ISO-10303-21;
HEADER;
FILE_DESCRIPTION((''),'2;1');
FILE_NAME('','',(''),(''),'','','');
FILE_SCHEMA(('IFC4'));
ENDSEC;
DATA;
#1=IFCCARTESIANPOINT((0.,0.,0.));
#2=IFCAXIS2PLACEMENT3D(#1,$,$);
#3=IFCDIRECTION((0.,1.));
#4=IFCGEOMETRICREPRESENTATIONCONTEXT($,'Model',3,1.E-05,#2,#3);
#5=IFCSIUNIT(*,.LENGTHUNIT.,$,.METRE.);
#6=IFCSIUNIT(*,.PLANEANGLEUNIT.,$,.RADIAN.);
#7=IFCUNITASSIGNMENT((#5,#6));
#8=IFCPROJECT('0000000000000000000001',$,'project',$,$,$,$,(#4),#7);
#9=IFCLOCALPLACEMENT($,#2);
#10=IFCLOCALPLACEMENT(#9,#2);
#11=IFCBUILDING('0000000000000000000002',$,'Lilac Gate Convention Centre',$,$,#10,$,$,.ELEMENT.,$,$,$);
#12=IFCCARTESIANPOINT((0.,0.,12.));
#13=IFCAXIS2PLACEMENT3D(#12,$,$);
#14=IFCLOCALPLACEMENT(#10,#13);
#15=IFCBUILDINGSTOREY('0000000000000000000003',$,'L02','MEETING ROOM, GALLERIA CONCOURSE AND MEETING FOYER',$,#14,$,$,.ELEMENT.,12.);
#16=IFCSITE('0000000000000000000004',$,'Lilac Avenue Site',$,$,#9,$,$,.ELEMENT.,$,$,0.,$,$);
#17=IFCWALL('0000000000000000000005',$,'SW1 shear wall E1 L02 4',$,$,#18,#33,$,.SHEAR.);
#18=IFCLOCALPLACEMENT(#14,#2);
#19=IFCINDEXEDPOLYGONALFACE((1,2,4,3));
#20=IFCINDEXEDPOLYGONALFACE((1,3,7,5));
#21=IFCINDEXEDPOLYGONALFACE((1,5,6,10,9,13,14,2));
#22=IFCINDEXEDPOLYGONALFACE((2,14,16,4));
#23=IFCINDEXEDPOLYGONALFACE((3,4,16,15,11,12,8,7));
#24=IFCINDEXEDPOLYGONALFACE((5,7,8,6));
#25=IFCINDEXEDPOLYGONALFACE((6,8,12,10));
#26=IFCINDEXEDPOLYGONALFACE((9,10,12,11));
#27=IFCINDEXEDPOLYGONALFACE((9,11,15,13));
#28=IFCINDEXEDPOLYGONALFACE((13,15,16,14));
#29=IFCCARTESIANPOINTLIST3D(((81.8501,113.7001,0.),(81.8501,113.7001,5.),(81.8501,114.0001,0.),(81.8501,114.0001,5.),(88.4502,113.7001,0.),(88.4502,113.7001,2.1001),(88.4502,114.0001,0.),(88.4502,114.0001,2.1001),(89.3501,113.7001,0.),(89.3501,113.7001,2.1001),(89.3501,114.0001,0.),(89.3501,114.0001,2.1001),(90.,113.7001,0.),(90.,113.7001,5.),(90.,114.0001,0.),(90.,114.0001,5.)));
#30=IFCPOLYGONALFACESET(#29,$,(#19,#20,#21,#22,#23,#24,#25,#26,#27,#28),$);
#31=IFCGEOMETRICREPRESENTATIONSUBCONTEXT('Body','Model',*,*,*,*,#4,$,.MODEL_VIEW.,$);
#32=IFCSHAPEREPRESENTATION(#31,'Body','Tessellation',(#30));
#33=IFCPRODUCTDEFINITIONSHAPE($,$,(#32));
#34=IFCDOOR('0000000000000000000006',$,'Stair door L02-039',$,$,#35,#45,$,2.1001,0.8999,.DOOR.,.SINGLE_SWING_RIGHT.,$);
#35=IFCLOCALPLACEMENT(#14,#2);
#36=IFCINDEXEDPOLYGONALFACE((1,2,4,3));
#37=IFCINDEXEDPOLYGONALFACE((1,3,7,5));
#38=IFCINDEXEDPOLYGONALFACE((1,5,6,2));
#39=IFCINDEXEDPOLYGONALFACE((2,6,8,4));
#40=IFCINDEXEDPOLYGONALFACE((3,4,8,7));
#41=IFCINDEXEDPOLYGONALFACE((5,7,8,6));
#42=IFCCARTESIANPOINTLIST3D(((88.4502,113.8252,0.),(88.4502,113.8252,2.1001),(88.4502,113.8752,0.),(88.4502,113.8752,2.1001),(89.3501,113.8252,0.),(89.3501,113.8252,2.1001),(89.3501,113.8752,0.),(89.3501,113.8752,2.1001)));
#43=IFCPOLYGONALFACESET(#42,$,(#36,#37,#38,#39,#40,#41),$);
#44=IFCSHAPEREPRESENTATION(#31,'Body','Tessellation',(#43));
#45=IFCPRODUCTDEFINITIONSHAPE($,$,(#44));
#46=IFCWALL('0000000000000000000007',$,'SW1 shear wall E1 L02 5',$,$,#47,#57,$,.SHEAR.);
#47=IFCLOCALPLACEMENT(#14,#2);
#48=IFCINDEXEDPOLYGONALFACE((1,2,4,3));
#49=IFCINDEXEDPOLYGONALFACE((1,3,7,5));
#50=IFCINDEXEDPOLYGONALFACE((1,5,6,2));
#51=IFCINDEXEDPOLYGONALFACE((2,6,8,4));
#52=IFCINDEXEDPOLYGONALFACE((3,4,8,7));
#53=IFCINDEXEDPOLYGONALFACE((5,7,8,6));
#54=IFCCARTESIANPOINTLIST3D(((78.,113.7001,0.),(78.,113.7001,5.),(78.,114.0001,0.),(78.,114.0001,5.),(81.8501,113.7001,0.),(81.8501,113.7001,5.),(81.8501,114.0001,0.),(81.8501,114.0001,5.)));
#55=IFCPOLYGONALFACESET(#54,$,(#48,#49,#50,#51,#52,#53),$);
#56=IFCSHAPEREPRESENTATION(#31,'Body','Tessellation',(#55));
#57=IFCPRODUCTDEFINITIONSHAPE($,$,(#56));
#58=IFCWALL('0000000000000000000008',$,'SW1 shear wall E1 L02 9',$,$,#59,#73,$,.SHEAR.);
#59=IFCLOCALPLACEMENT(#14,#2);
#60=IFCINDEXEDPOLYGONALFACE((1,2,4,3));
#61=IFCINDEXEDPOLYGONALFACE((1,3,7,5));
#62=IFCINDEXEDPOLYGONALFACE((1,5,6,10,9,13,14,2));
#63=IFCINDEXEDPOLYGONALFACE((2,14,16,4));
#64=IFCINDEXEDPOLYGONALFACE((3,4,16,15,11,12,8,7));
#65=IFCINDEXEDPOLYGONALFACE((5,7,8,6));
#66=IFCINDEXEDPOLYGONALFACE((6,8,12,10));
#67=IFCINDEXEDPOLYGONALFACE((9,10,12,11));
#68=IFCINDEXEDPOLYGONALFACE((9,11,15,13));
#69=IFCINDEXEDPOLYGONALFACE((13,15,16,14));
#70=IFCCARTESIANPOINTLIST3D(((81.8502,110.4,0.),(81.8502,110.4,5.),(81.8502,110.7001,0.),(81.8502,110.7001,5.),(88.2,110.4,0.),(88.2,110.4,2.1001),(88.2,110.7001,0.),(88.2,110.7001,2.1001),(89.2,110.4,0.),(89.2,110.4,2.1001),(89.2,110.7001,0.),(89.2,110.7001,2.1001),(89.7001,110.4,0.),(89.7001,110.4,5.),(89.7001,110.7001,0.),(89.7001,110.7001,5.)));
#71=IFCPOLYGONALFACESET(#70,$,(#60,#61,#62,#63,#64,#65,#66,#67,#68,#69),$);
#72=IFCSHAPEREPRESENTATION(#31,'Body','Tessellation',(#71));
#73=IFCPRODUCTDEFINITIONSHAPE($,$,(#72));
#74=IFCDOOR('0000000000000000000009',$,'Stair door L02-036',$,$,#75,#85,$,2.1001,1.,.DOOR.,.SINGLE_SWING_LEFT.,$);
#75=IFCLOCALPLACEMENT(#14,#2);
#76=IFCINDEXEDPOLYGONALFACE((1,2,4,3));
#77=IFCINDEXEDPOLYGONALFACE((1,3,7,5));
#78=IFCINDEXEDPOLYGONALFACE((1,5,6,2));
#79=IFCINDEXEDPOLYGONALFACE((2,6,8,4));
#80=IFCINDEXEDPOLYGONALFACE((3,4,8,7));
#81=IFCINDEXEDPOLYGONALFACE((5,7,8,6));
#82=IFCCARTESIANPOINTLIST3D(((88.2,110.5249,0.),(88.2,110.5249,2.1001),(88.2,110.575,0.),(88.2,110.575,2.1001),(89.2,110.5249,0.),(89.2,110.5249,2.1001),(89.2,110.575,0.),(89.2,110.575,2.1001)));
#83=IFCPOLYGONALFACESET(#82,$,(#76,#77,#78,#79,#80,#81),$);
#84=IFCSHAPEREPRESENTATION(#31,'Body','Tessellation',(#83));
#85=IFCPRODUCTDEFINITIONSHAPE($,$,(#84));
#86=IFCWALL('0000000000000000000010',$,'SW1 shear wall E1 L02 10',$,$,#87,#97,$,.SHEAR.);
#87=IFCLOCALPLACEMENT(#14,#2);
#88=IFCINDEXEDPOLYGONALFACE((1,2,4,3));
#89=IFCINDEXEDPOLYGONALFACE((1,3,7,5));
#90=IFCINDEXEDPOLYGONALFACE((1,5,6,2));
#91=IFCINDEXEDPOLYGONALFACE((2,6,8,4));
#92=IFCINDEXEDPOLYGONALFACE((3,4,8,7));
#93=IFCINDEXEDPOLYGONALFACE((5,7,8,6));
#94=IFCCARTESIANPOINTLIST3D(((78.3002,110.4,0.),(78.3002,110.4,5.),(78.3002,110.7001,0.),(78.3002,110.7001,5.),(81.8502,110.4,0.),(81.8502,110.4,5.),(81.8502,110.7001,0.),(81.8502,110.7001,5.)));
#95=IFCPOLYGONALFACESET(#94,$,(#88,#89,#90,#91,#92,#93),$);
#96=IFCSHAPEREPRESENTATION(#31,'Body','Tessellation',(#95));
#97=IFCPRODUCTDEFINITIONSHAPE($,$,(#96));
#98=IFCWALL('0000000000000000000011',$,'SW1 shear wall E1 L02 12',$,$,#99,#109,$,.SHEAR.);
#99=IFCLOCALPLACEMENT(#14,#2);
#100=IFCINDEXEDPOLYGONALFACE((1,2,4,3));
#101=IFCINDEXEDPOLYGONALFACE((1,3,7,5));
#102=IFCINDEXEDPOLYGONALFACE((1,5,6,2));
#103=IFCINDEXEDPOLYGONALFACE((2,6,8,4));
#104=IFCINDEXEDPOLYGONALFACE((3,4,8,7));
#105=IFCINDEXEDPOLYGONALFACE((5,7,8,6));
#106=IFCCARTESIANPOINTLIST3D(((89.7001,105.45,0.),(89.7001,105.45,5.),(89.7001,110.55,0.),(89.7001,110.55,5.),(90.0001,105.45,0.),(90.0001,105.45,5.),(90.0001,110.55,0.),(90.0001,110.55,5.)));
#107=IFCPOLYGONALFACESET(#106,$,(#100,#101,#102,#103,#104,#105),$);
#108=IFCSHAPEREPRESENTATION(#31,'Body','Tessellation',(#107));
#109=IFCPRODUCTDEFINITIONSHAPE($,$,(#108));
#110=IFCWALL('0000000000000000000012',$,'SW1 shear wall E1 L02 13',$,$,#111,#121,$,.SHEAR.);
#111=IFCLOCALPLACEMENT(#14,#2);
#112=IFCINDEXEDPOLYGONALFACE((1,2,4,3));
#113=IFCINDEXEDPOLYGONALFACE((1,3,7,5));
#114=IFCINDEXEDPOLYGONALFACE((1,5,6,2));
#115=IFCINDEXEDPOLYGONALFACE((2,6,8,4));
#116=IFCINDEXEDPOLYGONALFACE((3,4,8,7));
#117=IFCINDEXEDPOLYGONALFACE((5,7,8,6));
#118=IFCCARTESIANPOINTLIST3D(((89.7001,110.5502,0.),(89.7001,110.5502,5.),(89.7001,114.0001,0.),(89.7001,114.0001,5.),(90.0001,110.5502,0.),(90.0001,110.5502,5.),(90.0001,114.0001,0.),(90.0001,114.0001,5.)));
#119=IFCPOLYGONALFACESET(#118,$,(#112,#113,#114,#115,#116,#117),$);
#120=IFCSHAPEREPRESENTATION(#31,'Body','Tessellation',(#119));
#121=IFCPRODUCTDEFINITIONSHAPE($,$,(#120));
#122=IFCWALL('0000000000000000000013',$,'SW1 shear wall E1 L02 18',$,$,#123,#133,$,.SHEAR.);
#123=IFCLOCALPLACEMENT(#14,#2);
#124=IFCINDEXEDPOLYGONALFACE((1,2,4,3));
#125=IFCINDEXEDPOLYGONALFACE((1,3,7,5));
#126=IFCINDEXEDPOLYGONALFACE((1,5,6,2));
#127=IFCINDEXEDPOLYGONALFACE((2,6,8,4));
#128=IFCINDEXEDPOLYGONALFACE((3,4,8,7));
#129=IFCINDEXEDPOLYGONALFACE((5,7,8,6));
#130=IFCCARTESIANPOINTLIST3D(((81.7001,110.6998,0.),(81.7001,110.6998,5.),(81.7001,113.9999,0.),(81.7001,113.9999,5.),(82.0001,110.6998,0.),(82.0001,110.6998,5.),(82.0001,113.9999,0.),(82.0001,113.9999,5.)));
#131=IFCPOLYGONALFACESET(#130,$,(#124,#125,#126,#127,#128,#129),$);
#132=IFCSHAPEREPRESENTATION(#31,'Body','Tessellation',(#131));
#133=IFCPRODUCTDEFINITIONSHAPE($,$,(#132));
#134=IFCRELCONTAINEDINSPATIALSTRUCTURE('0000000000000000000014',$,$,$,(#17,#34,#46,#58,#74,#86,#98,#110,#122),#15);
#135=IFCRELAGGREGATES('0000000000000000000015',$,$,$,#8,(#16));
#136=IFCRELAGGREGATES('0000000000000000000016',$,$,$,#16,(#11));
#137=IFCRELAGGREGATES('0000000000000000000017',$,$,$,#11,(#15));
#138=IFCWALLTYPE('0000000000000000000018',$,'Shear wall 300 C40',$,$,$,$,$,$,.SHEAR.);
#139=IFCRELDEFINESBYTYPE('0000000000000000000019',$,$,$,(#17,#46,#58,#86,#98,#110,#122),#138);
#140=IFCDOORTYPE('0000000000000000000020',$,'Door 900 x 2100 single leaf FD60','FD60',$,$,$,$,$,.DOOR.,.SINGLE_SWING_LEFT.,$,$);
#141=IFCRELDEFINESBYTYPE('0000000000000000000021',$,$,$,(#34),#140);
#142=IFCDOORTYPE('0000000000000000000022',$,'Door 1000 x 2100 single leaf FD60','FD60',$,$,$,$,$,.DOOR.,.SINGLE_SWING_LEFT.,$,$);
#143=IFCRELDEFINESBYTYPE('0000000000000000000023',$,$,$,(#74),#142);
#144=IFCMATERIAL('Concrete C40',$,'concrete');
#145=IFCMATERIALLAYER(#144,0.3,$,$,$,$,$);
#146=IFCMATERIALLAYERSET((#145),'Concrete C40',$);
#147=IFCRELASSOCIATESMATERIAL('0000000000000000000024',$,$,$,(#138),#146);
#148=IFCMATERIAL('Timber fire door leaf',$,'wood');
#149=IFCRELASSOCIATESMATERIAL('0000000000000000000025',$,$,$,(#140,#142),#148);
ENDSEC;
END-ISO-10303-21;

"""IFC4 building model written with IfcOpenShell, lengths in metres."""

from ifc_helpers import new_model, si_unit, direction, frame, frame_2d, origin, place, context, subcontext, project, spatial, rectangle, extrude, material, layer, layer_set, type_object, element, fill, save


model = new_model("IFC4")

# Units and contexts
model_context = context("Model", 3, precision=1e-05, world=origin(), true_north=direction((0.0, 1.0)))
body_context = subcontext(model_context, "Body", "Model", "MODEL_VIEW")
ifc_project = project(units=[si_unit("LENGTHUNIT", "METRE"), si_unit("PLANEANGLEUNIT", "RADIAN")], contexts=[model_context])

# Site, building, storey
site_placement = place(None, origin())
site = spatial("IfcSite", under=ifc_project, at=site_placement, Name="Lilac Avenue Site", CompositionType="ELEMENT", RefElevation=0.0)
building_placement = place(site_placement, origin())
building = spatial("IfcBuilding", under=site, at=building_placement, Name="Lilac Gate Convention Centre", CompositionType="ELEMENT")
storey_placement = place(building_placement, frame((0.0, 0.0, 12.0)))
storey = spatial("IfcBuildingStorey", under=building, at=storey_placement, Name="L02", Description="MEETING ROOM, GALLERIA CONCOURSE AND MEETING FOYER", CompositionType="ELEMENT", Elevation=12.0)

# Shared definitions
ifc_material_1 = material(Name="Concrete C40", Category="concrete")

# Shared definitions
ifc_material_2 = material(Name="Timber fire door leaf", Category="wood")

# Wall, opening, door
ifc_layer_1 = layer(ifc_material_1, 0.3)
ifc_layer_set_1 = layer_set([ifc_layer_1], Name="Concrete C40")
wall_type_1 = type_object("IfcWallType", Name="Shear wall 300 C40", PredefinedType="SHEAR", material=ifc_layer_set_1)
wall_1_placement = place(storey_placement, frame((90.0, 113.8501, 0.0), z_axis=(0.0, 0.0, 1.0), x_axis=(-1.0, 0.0, 0.0)))
wall_1 = element("IfcWall", 1, at=wall_1_placement, inside=storey, type_object=wall_type_1, Name="SW1 shear wall E1 L02 4", PredefinedType="SHEAR", context=body_context, shape_type="SweptSolid", body=[
    extrude(rectangle(XDim=8.1499, YDim=0.3, at=frame_2d((4.075, 0.0))), origin(), (0.0, 0.0, 1.0), 5.0),
])
opening_1_placement = place(wall_1_placement, frame((0.6499, 0.0, 0.0)))
opening_1 = element("IfcOpeningElement", 2, at=opening_1_placement, cuts=wall_1, PredefinedType="OPENING", context=body_context, shape_type="SweptSolid", body=[
    extrude(rectangle(XDim=0.8999, YDim=2.1001, at=frame_2d((0.45, 1.05))), frame((0.0, 0.1599, 0.0), z_axis=(0.0, -1.0, 0.0), x_axis=(1.0, 0.0, 0.0)), (0.0, 0.0, 1.0), 0.3201),
])
door_type_1 = type_object("IfcDoorType", Name="Door 900 x 2100 single leaf FD60", Description="FD60", OperationType="SINGLE_SWING_LEFT", PredefinedType="DOOR", material=ifc_material_2)
door_1_placement = place(opening_1_placement, origin())
door_1 = element("IfcDoor", 3, at=door_1_placement, inside=storey, type_object=door_type_1, Name="Stair door L02-039", OperationType="SINGLE_SWING_RIGHT", OverallHeight=2.1001, OverallWidth=0.8999, PredefinedType="DOOR", context=body_context, shape_type="SweptSolid", body=[
    extrude(rectangle(XDim=0.8999, YDim=2.1001, at=frame_2d((0.45, 1.05))), frame((0.0, 0.0249, 0.0), z_axis=(0.0, -1.0, 0.0), x_axis=(1.0, 0.0, 0.0)), (0.0, 0.0, 1.0), 0.05),
])
fill(opening_1, door_1)

# Wall
wall_2_placement = place(storey_placement, frame((81.8501, 113.8501, 0.0), z_axis=(0.0, 0.0, 1.0), x_axis=(-1.0, 0.0, 0.0)))
element("IfcWall", 4, at=wall_2_placement, inside=storey, type_object=wall_type_1, Name="SW1 shear wall E1 L02 5", PredefinedType="SHEAR", context=body_context, shape_type="SweptSolid", body=[
    extrude(rectangle(XDim=3.8501, YDim=0.3, at=frame_2d((1.925, 0.0))), origin(), (0.0, 0.0, 1.0), 5.0),
])

# Wall, opening, door
wall_3_placement = place(storey_placement, frame((89.7, 110.55, 0.0), z_axis=(0.0, 0.0, 1.0), x_axis=(-1.0, 0.0, 0.0)))
wall_3 = element("IfcWall", 5, at=wall_3_placement, inside=storey, type_object=wall_type_1, Name="SW1 shear wall E1 L02 9", PredefinedType="SHEAR", context=body_context, shape_type="SweptSolid", body=[
    extrude(rectangle(XDim=7.8499, YDim=0.3, at=frame_2d((3.9248, 0.0))), origin(), (0.0, 0.0, 1.0), 5.0),
])
opening_2_placement = place(wall_3_placement, frame((0.5, 0.0, 0.0)))
opening_2 = element("IfcOpeningElement", 6, at=opening_2_placement, cuts=wall_3, PredefinedType="OPENING", context=body_context, shape_type="SweptSolid", body=[
    extrude(rectangle(XDim=1.0, YDim=2.1001, at=frame_2d((0.5, 1.05))), frame((0.0, 0.1599, 0.0), z_axis=(0.0, -1.0, 0.0), x_axis=(1.0, 0.0, 0.0)), (0.0, 0.0, 1.0), 0.3201),
])
door_type_2 = type_object("IfcDoorType", Name="Door 1000 x 2100 single leaf FD60", Description="FD60", OperationType="SINGLE_SWING_LEFT", PredefinedType="DOOR", material=ifc_material_2)
door_2_placement = place(opening_2_placement, frame((1.0, 0.0, 0.0), z_axis=(0.0, 0.0, 1.0), x_axis=(-1.0, 0.0, 0.0)))
door_2 = element("IfcDoor", 7, at=door_2_placement, inside=storey, type_object=door_type_2, Name="Stair door L02-036", OperationType="SINGLE_SWING_LEFT", OverallHeight=2.1001, OverallWidth=1.0, PredefinedType="DOOR", context=body_context, shape_type="SweptSolid", body=[
    extrude(rectangle(XDim=1.0, YDim=2.1001, at=frame_2d((0.5, 1.05))), frame((0.0, 0.0249, 0.0), z_axis=(0.0, -1.0, 0.0), x_axis=(1.0, 0.0, 0.0)), (0.0, 0.0, 1.0), 0.05),
])
fill(opening_2, door_2)

# Walls
wall_4_placement = place(storey_placement, frame((81.8501, 110.55, 0.0), z_axis=(0.0, 0.0, 1.0), x_axis=(-1.0, 0.0, 0.0)))
element("IfcWall", 8, at=wall_4_placement, inside=storey, type_object=wall_type_1, Name="SW1 shear wall E1 L02 10", PredefinedType="SHEAR", context=body_context, shape_type="SweptSolid", body=[
    extrude(rectangle(XDim=3.55, YDim=0.3, at=frame_2d((1.7749, 0.0))), origin(), (0.0, 0.0, 1.0), 5.0),
])
wall_5_placement = place(storey_placement, frame((89.8501, 105.45, 0.0), z_axis=(0.0, 0.0, 1.0), x_axis=(0.0, 1.0, 0.0)))
element("IfcWall", 9, at=wall_5_placement, inside=storey, type_object=wall_type_1, Name="SW1 shear wall E1 L02 12", PredefinedType="SHEAR", context=body_context, shape_type="SweptSolid", body=[
    extrude(rectangle(XDim=5.1001, YDim=0.3, at=frame_2d((2.55, 0.0))), origin(), (0.0, 0.0, 1.0), 5.0),
])
wall_6_placement = place(storey_placement, frame((89.8501, 110.55, 0.0), z_axis=(0.0, 0.0, 1.0), x_axis=(0.0, 1.0, 0.0)))
element("IfcWall", 10, at=wall_6_placement, inside=storey, type_object=wall_type_1, Name="SW1 shear wall E1 L02 13", PredefinedType="SHEAR", context=body_context, shape_type="SweptSolid", body=[
    extrude(rectangle(XDim=3.45, YDim=0.3, at=frame_2d((1.7251, 0.0))), origin(), (0.0, 0.0, 1.0), 5.0),
])
wall_7_placement = place(storey_placement, frame((81.8501, 110.7, 0.0), z_axis=(0.0, 0.0, 1.0), x_axis=(0.0, 1.0, 0.0)))
element("IfcWall", 11, at=wall_7_placement, inside=storey, type_object=wall_type_1, Name="SW1 shear wall E1 L02 18", PredefinedType="SHEAR", context=body_context, shape_type="SweptSolid", body=[
    extrude(rectangle(XDim=3.3, YDim=0.3, at=frame_2d((1.6499, 0.0))), origin(), (0.0, 0.0, 1.0), 5.0),
])

save(model, "model.ifc")
